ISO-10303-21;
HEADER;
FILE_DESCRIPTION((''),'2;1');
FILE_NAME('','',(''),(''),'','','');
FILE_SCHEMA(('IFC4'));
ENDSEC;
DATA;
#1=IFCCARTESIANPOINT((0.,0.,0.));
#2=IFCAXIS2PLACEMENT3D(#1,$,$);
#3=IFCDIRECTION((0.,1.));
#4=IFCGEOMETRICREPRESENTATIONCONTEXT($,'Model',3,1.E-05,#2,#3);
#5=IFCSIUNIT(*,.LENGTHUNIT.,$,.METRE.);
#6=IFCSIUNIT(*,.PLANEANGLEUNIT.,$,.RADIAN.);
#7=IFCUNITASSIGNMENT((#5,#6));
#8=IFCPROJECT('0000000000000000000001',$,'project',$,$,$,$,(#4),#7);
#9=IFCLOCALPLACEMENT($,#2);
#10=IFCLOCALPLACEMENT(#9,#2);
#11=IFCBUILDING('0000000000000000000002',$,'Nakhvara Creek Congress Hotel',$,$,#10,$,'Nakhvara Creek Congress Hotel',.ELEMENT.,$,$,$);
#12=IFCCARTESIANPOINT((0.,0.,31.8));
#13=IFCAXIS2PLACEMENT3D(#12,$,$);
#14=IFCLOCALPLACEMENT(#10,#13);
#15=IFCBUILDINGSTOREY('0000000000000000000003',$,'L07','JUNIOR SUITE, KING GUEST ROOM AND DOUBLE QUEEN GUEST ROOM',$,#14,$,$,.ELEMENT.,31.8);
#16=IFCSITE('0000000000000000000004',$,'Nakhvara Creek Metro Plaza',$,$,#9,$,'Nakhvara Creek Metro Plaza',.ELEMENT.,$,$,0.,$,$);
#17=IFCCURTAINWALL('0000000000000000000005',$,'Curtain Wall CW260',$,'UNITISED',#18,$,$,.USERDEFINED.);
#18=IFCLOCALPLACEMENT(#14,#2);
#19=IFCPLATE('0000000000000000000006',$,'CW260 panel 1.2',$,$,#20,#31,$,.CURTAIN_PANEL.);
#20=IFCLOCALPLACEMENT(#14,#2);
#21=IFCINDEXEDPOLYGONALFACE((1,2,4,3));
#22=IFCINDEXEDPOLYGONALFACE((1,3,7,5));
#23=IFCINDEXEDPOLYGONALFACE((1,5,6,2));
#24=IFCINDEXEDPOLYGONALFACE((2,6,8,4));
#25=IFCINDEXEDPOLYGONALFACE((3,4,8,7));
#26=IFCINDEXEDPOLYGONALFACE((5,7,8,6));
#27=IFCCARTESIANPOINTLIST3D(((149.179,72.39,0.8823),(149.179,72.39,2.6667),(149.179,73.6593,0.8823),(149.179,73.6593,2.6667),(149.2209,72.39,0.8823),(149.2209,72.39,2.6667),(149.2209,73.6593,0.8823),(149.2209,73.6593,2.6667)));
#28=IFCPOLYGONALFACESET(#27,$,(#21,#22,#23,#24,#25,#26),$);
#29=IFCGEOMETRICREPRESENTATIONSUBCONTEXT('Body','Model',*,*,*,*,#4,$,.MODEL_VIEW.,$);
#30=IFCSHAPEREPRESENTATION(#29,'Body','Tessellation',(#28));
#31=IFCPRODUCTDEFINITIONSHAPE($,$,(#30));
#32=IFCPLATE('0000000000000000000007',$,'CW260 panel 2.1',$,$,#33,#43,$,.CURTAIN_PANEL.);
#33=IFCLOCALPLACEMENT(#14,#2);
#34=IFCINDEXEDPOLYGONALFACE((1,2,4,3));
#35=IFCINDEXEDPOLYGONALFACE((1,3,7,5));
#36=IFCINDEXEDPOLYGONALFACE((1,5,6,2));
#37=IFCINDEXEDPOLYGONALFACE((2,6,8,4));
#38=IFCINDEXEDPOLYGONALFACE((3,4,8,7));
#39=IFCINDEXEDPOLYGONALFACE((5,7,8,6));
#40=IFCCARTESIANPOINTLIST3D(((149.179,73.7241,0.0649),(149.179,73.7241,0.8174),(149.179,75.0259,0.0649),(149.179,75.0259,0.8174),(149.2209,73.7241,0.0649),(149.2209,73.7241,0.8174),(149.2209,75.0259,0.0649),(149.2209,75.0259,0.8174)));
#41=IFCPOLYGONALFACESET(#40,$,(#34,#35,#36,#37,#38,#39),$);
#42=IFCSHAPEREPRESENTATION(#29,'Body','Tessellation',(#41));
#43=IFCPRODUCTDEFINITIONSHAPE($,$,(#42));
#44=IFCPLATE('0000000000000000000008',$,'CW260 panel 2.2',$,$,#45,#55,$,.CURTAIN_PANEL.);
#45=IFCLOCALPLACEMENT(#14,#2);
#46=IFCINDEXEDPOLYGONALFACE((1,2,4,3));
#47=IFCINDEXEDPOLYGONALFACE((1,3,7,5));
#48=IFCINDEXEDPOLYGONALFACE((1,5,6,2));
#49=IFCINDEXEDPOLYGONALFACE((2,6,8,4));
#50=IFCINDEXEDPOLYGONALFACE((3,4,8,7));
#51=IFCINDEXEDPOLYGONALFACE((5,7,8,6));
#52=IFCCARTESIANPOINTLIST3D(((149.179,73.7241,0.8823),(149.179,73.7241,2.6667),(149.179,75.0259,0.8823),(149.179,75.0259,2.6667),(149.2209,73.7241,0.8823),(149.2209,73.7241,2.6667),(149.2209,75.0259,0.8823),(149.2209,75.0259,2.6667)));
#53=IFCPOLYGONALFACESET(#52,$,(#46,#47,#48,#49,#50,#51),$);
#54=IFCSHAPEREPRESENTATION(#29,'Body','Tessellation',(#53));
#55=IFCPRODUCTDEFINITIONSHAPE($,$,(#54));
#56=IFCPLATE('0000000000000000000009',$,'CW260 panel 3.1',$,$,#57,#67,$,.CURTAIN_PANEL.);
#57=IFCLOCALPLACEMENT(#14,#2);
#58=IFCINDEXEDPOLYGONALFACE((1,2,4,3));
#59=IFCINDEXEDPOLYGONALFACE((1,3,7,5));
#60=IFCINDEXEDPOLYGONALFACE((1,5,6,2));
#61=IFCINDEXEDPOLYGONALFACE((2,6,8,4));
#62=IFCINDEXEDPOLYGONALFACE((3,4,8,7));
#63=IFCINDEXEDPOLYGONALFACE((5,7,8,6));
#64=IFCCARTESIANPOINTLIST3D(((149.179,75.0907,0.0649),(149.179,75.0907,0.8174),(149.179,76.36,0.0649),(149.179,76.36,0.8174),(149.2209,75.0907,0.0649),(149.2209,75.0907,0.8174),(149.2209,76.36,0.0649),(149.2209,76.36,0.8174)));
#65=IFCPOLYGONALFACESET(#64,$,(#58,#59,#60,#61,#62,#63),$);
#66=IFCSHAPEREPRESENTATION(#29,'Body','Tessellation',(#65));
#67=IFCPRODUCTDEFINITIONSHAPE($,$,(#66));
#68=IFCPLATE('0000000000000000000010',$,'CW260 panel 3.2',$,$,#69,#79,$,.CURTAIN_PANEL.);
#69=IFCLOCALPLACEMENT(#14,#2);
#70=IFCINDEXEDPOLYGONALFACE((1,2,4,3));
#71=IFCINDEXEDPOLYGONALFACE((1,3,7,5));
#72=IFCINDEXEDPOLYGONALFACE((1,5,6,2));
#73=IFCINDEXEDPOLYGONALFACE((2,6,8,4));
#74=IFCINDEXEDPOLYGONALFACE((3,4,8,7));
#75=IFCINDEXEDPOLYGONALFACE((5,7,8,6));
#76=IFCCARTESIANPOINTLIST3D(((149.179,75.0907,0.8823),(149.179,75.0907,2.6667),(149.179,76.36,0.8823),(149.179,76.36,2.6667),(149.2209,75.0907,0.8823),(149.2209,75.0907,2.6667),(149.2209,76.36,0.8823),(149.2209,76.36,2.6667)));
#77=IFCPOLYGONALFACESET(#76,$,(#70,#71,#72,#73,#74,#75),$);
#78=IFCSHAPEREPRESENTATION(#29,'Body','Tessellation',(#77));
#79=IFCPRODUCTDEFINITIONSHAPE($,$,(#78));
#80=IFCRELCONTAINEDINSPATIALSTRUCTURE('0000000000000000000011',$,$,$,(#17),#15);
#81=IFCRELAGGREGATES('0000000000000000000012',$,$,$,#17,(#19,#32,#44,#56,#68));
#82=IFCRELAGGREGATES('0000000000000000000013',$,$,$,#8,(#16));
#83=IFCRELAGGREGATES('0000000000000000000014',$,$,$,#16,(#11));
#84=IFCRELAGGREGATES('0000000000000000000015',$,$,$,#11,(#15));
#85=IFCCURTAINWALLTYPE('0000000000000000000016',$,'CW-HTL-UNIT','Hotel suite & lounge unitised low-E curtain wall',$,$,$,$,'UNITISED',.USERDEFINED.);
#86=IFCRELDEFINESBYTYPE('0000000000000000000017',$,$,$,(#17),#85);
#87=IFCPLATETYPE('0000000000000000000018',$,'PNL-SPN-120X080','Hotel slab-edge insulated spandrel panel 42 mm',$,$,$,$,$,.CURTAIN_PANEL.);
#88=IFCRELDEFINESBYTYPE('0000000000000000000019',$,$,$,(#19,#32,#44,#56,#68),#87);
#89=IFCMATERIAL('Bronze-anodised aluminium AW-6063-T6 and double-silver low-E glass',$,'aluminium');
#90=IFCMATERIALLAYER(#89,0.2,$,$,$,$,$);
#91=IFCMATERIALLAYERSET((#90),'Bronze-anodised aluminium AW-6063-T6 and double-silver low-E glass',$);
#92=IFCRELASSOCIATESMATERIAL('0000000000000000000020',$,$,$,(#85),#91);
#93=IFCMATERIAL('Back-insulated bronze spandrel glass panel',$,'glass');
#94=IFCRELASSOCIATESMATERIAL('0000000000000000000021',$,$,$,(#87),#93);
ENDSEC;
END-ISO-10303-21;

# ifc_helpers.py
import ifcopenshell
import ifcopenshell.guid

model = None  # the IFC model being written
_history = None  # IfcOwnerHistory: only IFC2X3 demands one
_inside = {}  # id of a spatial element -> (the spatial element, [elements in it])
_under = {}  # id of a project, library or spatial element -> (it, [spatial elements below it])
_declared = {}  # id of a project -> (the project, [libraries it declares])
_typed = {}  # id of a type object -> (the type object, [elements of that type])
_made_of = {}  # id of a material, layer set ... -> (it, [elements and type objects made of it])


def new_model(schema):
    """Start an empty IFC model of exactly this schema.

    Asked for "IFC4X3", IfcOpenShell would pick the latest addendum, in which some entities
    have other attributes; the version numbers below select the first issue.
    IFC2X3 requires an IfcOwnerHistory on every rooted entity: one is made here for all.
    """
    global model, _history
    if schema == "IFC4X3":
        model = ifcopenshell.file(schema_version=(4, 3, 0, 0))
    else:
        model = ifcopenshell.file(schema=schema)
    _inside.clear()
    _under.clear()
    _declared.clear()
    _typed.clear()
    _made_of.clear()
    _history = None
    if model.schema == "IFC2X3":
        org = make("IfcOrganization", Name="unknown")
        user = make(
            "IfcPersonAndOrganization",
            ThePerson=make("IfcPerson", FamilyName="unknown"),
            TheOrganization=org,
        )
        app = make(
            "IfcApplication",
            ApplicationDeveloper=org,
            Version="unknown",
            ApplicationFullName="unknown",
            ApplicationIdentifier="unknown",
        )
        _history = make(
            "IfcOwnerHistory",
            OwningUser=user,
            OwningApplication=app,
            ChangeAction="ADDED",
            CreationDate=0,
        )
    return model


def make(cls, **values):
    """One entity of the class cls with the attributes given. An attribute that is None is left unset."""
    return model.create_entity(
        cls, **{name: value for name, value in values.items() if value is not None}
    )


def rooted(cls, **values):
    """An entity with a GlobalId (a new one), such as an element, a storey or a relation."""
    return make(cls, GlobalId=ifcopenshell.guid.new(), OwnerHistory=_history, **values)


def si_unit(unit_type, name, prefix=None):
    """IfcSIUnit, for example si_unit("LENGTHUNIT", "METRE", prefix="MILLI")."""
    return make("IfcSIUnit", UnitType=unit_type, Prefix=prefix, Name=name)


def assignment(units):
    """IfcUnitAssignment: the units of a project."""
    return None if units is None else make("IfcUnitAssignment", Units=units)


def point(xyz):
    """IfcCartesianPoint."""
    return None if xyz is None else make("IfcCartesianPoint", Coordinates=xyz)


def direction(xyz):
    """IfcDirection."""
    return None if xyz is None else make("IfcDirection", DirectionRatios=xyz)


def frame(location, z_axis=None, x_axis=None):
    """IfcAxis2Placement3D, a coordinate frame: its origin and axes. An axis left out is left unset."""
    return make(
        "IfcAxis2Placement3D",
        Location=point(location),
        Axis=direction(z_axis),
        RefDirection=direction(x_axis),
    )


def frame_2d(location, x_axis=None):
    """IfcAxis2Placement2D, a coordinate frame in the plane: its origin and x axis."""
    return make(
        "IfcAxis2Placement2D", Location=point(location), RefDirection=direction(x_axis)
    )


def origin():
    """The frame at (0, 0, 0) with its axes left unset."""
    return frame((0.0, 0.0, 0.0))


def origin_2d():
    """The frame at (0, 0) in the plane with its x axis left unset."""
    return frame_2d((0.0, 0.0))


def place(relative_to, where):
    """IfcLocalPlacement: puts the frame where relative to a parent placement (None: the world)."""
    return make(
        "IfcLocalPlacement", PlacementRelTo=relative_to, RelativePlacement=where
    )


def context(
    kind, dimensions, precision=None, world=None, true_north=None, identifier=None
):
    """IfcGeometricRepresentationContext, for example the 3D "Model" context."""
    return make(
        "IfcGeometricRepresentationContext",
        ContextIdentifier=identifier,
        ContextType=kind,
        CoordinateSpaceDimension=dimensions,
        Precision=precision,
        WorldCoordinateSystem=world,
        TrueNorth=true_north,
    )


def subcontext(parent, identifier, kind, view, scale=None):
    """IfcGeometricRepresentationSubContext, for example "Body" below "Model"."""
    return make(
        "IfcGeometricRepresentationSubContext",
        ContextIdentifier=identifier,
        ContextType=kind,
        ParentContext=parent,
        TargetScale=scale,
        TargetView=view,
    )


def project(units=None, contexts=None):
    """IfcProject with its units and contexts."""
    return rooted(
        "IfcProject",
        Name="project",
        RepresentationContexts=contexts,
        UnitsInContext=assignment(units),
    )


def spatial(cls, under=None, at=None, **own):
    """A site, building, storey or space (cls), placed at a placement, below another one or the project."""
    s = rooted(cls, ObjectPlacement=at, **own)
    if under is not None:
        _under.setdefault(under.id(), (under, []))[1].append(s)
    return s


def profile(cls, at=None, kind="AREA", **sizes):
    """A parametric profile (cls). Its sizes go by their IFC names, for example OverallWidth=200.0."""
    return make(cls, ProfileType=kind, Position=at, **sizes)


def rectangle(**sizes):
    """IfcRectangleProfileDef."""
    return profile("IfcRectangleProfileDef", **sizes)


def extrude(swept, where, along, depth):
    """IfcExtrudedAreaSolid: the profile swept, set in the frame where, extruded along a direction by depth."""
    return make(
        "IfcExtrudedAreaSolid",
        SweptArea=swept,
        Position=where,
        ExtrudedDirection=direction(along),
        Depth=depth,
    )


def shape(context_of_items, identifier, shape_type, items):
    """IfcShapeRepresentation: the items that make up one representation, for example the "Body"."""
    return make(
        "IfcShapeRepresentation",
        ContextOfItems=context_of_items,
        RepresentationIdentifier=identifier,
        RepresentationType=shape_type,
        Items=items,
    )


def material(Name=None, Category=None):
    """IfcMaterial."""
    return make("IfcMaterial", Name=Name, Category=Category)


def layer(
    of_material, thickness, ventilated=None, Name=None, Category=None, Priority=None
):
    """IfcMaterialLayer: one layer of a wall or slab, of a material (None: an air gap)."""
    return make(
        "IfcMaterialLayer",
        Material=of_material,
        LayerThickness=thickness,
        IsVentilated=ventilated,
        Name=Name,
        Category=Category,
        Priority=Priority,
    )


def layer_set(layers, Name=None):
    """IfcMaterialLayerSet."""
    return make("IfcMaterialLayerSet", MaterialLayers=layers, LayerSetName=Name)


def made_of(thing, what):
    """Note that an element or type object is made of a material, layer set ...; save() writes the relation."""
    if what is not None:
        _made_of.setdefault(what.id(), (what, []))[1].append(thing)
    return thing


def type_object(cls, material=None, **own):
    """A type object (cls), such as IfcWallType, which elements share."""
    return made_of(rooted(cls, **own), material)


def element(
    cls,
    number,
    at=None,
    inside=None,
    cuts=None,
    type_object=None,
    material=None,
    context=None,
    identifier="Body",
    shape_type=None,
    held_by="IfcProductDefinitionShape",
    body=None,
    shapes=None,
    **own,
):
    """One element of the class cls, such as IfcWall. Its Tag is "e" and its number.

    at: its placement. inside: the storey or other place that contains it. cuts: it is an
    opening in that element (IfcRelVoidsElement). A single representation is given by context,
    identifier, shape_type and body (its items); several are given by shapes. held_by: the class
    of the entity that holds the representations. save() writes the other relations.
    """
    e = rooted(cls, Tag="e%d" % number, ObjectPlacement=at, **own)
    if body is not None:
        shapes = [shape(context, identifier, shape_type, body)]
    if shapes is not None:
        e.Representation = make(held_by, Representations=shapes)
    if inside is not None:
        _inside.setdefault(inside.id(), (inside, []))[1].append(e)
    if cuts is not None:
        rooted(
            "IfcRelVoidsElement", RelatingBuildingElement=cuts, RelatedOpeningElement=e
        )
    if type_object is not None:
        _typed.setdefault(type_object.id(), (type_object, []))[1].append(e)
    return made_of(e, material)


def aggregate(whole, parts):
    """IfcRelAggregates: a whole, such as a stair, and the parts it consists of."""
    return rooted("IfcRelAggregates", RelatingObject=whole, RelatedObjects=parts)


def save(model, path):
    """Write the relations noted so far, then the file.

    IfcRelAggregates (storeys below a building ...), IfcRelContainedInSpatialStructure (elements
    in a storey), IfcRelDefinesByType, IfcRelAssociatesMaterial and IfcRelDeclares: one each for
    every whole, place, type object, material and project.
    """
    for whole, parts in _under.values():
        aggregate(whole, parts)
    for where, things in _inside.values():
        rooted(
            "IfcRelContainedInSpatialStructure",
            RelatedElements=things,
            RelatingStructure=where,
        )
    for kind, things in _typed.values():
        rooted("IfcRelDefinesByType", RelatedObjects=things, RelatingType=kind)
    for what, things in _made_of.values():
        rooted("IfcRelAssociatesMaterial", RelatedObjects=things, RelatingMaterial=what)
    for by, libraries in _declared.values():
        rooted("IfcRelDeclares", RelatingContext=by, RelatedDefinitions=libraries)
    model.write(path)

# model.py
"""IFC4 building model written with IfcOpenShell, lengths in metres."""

from ifc_helpers import new_model, si_unit, direction, frame, origin, origin_2d, place, context, subcontext, project, spatial, rectangle, extrude, material, layer, layer_set, type_object, element, aggregate, save


model = new_model("IFC4")

# Units and contexts
model_context = context("Model", 3, precision=1e-05, world=origin(), true_north=direction((0.0, 1.0)))
body_context = subcontext(model_context, "Body", "Model", "MODEL_VIEW")
ifc_project = project(units=[si_unit("LENGTHUNIT", "METRE"), si_unit("PLANEANGLEUNIT", "RADIAN")], contexts=[model_context])

# Site, building, storey
site_placement = place(None, origin())
site = spatial("IfcSite", under=ifc_project, at=site_placement, Name="Nakhvara Creek Metro Plaza", LongName="Nakhvara Creek Metro Plaza", CompositionType="ELEMENT", RefElevation=0.0)
building_placement = place(site_placement, origin())
building = spatial("IfcBuilding", under=site, at=building_placement, Name="Nakhvara Creek Congress Hotel", LongName="Nakhvara Creek Congress Hotel", CompositionType="ELEMENT")
storey_placement = place(building_placement, frame((0.0, 0.0, 31.8)))
storey = spatial("IfcBuildingStorey", under=building, at=storey_placement, Name="L07", Description="JUNIOR SUITE, KING GUEST ROOM AND DOUBLE QUEEN GUEST ROOM", CompositionType="ELEMENT", Elevation=31.8)

# Shared definitions
ifc_material_1 = material(Name="Bronze-anodised aluminium AW-6063-T6 and double-silver low-E glass", Category="aluminium")
ifc_layer = layer(ifc_material_1, 0.2)
ifc_layer_set = layer_set([ifc_layer], Name="Bronze-anodised aluminium AW-6063-T6 and double-silver low-E glass")
curtain_wall_type = type_object("IfcCurtainWallType", Name="CW-HTL-UNIT", Description="Hotel suite & lounge unitised low-E curtain wall", ElementType="UNITISED", PredefinedType="USERDEFINED", material=ifc_layer_set)

# Curtain wall
curtain_wall_1_placement = place(storey_placement, origin())
curtain_wall_1 = element("IfcCurtainWall", 1, at=curtain_wall_1_placement, inside=storey, type_object=curtain_wall_type, Name="Curtain Wall CW260", ObjectType="UNITISED", PredefinedType="USERDEFINED")

# Plates
ifc_material_2 = material(Name="Back-insulated bronze spandrel glass panel", Category="glass")
plate_type_1 = type_object("IfcPlateType", Name="PNL-SPN-120X080", Description="Hotel slab-edge insulated spandrel panel 42 mm", PredefinedType="CURTAIN_PANEL", material=ifc_material_2)
plate_1_placement = place(storey_placement, frame((149.2, 73.0247, 0.8823), z_axis=(0.0, 0.0, 1.0), x_axis=(0.0, 1.0, 0.0)))
plate_1 = element("IfcPlate", 2, at=plate_1_placement, type_object=plate_type_1, Name="CW260 panel 1.2", PredefinedType="CURTAIN_PANEL", context=body_context, shape_type="SweptSolid", body=[
    extrude(rectangle(XDim=1.2693, YDim=0.042, at=origin_2d()), origin(), (0.0, 0.0, 1.0), 1.7844),
])
plate_2_placement = place(storey_placement, frame((149.2, 74.375, 0.0649), z_axis=(0.0, 0.0, 1.0), x_axis=(0.0, 1.0, 0.0)))
plate_2 = element("IfcPlate", 3, at=plate_2_placement, type_object=plate_type_1, Name="CW260 panel 2.1", PredefinedType="CURTAIN_PANEL", context=body_context, shape_type="SweptSolid", body=[
    extrude(rectangle(XDim=1.3018, YDim=0.042, at=origin_2d()), origin(), (0.0, 0.0, 1.0), 0.7524),
])
plate_3_placement = place(storey_placement, frame((149.2, 74.375, 0.8823), z_axis=(0.0, 0.0, 1.0), x_axis=(0.0, 1.0, 0.0)))
plate_3 = element("IfcPlate", 4, at=plate_3_placement, type_object=plate_type_1, Name="CW260 panel 2.2", PredefinedType="CURTAIN_PANEL", context=body_context, shape_type="SweptSolid", body=[
    extrude(rectangle(XDim=1.3018, YDim=0.042, at=origin_2d()), origin(), (0.0, 0.0, 1.0), 1.7844),
])
plate_4_placement = place(storey_placement, frame((149.2, 75.7253, 0.0649), z_axis=(0.0, 0.0, 1.0), x_axis=(0.0, 1.0, 0.0)))
plate_4 = element("IfcPlate", 5, at=plate_4_placement, type_object=plate_type_1, Name="CW260 panel 3.1", PredefinedType="CURTAIN_PANEL", context=body_context, shape_type="SweptSolid", body=[
    extrude(rectangle(XDim=1.2693, YDim=0.042, at=origin_2d()), origin(), (0.0, 0.0, 1.0), 0.7524),
])
plate_5_placement = place(storey_placement, frame((149.2, 75.7253, 0.8823), z_axis=(0.0, 0.0, 1.0), x_axis=(0.0, 1.0, 0.0)))
plate_5 = element("IfcPlate", 6, at=plate_5_placement, type_object=plate_type_1, Name="CW260 panel 3.2", PredefinedType="CURTAIN_PANEL", context=body_context, shape_type="SweptSolid", body=[
    extrude(rectangle(XDim=1.2693, YDim=0.042, at=origin_2d()), origin(), (0.0, 0.0, 1.0), 1.7844),
])
aggregate(curtain_wall_1, [plate_1, plate_2, plate_3, plate_4, plate_5])

save(model, "model.ifc")
